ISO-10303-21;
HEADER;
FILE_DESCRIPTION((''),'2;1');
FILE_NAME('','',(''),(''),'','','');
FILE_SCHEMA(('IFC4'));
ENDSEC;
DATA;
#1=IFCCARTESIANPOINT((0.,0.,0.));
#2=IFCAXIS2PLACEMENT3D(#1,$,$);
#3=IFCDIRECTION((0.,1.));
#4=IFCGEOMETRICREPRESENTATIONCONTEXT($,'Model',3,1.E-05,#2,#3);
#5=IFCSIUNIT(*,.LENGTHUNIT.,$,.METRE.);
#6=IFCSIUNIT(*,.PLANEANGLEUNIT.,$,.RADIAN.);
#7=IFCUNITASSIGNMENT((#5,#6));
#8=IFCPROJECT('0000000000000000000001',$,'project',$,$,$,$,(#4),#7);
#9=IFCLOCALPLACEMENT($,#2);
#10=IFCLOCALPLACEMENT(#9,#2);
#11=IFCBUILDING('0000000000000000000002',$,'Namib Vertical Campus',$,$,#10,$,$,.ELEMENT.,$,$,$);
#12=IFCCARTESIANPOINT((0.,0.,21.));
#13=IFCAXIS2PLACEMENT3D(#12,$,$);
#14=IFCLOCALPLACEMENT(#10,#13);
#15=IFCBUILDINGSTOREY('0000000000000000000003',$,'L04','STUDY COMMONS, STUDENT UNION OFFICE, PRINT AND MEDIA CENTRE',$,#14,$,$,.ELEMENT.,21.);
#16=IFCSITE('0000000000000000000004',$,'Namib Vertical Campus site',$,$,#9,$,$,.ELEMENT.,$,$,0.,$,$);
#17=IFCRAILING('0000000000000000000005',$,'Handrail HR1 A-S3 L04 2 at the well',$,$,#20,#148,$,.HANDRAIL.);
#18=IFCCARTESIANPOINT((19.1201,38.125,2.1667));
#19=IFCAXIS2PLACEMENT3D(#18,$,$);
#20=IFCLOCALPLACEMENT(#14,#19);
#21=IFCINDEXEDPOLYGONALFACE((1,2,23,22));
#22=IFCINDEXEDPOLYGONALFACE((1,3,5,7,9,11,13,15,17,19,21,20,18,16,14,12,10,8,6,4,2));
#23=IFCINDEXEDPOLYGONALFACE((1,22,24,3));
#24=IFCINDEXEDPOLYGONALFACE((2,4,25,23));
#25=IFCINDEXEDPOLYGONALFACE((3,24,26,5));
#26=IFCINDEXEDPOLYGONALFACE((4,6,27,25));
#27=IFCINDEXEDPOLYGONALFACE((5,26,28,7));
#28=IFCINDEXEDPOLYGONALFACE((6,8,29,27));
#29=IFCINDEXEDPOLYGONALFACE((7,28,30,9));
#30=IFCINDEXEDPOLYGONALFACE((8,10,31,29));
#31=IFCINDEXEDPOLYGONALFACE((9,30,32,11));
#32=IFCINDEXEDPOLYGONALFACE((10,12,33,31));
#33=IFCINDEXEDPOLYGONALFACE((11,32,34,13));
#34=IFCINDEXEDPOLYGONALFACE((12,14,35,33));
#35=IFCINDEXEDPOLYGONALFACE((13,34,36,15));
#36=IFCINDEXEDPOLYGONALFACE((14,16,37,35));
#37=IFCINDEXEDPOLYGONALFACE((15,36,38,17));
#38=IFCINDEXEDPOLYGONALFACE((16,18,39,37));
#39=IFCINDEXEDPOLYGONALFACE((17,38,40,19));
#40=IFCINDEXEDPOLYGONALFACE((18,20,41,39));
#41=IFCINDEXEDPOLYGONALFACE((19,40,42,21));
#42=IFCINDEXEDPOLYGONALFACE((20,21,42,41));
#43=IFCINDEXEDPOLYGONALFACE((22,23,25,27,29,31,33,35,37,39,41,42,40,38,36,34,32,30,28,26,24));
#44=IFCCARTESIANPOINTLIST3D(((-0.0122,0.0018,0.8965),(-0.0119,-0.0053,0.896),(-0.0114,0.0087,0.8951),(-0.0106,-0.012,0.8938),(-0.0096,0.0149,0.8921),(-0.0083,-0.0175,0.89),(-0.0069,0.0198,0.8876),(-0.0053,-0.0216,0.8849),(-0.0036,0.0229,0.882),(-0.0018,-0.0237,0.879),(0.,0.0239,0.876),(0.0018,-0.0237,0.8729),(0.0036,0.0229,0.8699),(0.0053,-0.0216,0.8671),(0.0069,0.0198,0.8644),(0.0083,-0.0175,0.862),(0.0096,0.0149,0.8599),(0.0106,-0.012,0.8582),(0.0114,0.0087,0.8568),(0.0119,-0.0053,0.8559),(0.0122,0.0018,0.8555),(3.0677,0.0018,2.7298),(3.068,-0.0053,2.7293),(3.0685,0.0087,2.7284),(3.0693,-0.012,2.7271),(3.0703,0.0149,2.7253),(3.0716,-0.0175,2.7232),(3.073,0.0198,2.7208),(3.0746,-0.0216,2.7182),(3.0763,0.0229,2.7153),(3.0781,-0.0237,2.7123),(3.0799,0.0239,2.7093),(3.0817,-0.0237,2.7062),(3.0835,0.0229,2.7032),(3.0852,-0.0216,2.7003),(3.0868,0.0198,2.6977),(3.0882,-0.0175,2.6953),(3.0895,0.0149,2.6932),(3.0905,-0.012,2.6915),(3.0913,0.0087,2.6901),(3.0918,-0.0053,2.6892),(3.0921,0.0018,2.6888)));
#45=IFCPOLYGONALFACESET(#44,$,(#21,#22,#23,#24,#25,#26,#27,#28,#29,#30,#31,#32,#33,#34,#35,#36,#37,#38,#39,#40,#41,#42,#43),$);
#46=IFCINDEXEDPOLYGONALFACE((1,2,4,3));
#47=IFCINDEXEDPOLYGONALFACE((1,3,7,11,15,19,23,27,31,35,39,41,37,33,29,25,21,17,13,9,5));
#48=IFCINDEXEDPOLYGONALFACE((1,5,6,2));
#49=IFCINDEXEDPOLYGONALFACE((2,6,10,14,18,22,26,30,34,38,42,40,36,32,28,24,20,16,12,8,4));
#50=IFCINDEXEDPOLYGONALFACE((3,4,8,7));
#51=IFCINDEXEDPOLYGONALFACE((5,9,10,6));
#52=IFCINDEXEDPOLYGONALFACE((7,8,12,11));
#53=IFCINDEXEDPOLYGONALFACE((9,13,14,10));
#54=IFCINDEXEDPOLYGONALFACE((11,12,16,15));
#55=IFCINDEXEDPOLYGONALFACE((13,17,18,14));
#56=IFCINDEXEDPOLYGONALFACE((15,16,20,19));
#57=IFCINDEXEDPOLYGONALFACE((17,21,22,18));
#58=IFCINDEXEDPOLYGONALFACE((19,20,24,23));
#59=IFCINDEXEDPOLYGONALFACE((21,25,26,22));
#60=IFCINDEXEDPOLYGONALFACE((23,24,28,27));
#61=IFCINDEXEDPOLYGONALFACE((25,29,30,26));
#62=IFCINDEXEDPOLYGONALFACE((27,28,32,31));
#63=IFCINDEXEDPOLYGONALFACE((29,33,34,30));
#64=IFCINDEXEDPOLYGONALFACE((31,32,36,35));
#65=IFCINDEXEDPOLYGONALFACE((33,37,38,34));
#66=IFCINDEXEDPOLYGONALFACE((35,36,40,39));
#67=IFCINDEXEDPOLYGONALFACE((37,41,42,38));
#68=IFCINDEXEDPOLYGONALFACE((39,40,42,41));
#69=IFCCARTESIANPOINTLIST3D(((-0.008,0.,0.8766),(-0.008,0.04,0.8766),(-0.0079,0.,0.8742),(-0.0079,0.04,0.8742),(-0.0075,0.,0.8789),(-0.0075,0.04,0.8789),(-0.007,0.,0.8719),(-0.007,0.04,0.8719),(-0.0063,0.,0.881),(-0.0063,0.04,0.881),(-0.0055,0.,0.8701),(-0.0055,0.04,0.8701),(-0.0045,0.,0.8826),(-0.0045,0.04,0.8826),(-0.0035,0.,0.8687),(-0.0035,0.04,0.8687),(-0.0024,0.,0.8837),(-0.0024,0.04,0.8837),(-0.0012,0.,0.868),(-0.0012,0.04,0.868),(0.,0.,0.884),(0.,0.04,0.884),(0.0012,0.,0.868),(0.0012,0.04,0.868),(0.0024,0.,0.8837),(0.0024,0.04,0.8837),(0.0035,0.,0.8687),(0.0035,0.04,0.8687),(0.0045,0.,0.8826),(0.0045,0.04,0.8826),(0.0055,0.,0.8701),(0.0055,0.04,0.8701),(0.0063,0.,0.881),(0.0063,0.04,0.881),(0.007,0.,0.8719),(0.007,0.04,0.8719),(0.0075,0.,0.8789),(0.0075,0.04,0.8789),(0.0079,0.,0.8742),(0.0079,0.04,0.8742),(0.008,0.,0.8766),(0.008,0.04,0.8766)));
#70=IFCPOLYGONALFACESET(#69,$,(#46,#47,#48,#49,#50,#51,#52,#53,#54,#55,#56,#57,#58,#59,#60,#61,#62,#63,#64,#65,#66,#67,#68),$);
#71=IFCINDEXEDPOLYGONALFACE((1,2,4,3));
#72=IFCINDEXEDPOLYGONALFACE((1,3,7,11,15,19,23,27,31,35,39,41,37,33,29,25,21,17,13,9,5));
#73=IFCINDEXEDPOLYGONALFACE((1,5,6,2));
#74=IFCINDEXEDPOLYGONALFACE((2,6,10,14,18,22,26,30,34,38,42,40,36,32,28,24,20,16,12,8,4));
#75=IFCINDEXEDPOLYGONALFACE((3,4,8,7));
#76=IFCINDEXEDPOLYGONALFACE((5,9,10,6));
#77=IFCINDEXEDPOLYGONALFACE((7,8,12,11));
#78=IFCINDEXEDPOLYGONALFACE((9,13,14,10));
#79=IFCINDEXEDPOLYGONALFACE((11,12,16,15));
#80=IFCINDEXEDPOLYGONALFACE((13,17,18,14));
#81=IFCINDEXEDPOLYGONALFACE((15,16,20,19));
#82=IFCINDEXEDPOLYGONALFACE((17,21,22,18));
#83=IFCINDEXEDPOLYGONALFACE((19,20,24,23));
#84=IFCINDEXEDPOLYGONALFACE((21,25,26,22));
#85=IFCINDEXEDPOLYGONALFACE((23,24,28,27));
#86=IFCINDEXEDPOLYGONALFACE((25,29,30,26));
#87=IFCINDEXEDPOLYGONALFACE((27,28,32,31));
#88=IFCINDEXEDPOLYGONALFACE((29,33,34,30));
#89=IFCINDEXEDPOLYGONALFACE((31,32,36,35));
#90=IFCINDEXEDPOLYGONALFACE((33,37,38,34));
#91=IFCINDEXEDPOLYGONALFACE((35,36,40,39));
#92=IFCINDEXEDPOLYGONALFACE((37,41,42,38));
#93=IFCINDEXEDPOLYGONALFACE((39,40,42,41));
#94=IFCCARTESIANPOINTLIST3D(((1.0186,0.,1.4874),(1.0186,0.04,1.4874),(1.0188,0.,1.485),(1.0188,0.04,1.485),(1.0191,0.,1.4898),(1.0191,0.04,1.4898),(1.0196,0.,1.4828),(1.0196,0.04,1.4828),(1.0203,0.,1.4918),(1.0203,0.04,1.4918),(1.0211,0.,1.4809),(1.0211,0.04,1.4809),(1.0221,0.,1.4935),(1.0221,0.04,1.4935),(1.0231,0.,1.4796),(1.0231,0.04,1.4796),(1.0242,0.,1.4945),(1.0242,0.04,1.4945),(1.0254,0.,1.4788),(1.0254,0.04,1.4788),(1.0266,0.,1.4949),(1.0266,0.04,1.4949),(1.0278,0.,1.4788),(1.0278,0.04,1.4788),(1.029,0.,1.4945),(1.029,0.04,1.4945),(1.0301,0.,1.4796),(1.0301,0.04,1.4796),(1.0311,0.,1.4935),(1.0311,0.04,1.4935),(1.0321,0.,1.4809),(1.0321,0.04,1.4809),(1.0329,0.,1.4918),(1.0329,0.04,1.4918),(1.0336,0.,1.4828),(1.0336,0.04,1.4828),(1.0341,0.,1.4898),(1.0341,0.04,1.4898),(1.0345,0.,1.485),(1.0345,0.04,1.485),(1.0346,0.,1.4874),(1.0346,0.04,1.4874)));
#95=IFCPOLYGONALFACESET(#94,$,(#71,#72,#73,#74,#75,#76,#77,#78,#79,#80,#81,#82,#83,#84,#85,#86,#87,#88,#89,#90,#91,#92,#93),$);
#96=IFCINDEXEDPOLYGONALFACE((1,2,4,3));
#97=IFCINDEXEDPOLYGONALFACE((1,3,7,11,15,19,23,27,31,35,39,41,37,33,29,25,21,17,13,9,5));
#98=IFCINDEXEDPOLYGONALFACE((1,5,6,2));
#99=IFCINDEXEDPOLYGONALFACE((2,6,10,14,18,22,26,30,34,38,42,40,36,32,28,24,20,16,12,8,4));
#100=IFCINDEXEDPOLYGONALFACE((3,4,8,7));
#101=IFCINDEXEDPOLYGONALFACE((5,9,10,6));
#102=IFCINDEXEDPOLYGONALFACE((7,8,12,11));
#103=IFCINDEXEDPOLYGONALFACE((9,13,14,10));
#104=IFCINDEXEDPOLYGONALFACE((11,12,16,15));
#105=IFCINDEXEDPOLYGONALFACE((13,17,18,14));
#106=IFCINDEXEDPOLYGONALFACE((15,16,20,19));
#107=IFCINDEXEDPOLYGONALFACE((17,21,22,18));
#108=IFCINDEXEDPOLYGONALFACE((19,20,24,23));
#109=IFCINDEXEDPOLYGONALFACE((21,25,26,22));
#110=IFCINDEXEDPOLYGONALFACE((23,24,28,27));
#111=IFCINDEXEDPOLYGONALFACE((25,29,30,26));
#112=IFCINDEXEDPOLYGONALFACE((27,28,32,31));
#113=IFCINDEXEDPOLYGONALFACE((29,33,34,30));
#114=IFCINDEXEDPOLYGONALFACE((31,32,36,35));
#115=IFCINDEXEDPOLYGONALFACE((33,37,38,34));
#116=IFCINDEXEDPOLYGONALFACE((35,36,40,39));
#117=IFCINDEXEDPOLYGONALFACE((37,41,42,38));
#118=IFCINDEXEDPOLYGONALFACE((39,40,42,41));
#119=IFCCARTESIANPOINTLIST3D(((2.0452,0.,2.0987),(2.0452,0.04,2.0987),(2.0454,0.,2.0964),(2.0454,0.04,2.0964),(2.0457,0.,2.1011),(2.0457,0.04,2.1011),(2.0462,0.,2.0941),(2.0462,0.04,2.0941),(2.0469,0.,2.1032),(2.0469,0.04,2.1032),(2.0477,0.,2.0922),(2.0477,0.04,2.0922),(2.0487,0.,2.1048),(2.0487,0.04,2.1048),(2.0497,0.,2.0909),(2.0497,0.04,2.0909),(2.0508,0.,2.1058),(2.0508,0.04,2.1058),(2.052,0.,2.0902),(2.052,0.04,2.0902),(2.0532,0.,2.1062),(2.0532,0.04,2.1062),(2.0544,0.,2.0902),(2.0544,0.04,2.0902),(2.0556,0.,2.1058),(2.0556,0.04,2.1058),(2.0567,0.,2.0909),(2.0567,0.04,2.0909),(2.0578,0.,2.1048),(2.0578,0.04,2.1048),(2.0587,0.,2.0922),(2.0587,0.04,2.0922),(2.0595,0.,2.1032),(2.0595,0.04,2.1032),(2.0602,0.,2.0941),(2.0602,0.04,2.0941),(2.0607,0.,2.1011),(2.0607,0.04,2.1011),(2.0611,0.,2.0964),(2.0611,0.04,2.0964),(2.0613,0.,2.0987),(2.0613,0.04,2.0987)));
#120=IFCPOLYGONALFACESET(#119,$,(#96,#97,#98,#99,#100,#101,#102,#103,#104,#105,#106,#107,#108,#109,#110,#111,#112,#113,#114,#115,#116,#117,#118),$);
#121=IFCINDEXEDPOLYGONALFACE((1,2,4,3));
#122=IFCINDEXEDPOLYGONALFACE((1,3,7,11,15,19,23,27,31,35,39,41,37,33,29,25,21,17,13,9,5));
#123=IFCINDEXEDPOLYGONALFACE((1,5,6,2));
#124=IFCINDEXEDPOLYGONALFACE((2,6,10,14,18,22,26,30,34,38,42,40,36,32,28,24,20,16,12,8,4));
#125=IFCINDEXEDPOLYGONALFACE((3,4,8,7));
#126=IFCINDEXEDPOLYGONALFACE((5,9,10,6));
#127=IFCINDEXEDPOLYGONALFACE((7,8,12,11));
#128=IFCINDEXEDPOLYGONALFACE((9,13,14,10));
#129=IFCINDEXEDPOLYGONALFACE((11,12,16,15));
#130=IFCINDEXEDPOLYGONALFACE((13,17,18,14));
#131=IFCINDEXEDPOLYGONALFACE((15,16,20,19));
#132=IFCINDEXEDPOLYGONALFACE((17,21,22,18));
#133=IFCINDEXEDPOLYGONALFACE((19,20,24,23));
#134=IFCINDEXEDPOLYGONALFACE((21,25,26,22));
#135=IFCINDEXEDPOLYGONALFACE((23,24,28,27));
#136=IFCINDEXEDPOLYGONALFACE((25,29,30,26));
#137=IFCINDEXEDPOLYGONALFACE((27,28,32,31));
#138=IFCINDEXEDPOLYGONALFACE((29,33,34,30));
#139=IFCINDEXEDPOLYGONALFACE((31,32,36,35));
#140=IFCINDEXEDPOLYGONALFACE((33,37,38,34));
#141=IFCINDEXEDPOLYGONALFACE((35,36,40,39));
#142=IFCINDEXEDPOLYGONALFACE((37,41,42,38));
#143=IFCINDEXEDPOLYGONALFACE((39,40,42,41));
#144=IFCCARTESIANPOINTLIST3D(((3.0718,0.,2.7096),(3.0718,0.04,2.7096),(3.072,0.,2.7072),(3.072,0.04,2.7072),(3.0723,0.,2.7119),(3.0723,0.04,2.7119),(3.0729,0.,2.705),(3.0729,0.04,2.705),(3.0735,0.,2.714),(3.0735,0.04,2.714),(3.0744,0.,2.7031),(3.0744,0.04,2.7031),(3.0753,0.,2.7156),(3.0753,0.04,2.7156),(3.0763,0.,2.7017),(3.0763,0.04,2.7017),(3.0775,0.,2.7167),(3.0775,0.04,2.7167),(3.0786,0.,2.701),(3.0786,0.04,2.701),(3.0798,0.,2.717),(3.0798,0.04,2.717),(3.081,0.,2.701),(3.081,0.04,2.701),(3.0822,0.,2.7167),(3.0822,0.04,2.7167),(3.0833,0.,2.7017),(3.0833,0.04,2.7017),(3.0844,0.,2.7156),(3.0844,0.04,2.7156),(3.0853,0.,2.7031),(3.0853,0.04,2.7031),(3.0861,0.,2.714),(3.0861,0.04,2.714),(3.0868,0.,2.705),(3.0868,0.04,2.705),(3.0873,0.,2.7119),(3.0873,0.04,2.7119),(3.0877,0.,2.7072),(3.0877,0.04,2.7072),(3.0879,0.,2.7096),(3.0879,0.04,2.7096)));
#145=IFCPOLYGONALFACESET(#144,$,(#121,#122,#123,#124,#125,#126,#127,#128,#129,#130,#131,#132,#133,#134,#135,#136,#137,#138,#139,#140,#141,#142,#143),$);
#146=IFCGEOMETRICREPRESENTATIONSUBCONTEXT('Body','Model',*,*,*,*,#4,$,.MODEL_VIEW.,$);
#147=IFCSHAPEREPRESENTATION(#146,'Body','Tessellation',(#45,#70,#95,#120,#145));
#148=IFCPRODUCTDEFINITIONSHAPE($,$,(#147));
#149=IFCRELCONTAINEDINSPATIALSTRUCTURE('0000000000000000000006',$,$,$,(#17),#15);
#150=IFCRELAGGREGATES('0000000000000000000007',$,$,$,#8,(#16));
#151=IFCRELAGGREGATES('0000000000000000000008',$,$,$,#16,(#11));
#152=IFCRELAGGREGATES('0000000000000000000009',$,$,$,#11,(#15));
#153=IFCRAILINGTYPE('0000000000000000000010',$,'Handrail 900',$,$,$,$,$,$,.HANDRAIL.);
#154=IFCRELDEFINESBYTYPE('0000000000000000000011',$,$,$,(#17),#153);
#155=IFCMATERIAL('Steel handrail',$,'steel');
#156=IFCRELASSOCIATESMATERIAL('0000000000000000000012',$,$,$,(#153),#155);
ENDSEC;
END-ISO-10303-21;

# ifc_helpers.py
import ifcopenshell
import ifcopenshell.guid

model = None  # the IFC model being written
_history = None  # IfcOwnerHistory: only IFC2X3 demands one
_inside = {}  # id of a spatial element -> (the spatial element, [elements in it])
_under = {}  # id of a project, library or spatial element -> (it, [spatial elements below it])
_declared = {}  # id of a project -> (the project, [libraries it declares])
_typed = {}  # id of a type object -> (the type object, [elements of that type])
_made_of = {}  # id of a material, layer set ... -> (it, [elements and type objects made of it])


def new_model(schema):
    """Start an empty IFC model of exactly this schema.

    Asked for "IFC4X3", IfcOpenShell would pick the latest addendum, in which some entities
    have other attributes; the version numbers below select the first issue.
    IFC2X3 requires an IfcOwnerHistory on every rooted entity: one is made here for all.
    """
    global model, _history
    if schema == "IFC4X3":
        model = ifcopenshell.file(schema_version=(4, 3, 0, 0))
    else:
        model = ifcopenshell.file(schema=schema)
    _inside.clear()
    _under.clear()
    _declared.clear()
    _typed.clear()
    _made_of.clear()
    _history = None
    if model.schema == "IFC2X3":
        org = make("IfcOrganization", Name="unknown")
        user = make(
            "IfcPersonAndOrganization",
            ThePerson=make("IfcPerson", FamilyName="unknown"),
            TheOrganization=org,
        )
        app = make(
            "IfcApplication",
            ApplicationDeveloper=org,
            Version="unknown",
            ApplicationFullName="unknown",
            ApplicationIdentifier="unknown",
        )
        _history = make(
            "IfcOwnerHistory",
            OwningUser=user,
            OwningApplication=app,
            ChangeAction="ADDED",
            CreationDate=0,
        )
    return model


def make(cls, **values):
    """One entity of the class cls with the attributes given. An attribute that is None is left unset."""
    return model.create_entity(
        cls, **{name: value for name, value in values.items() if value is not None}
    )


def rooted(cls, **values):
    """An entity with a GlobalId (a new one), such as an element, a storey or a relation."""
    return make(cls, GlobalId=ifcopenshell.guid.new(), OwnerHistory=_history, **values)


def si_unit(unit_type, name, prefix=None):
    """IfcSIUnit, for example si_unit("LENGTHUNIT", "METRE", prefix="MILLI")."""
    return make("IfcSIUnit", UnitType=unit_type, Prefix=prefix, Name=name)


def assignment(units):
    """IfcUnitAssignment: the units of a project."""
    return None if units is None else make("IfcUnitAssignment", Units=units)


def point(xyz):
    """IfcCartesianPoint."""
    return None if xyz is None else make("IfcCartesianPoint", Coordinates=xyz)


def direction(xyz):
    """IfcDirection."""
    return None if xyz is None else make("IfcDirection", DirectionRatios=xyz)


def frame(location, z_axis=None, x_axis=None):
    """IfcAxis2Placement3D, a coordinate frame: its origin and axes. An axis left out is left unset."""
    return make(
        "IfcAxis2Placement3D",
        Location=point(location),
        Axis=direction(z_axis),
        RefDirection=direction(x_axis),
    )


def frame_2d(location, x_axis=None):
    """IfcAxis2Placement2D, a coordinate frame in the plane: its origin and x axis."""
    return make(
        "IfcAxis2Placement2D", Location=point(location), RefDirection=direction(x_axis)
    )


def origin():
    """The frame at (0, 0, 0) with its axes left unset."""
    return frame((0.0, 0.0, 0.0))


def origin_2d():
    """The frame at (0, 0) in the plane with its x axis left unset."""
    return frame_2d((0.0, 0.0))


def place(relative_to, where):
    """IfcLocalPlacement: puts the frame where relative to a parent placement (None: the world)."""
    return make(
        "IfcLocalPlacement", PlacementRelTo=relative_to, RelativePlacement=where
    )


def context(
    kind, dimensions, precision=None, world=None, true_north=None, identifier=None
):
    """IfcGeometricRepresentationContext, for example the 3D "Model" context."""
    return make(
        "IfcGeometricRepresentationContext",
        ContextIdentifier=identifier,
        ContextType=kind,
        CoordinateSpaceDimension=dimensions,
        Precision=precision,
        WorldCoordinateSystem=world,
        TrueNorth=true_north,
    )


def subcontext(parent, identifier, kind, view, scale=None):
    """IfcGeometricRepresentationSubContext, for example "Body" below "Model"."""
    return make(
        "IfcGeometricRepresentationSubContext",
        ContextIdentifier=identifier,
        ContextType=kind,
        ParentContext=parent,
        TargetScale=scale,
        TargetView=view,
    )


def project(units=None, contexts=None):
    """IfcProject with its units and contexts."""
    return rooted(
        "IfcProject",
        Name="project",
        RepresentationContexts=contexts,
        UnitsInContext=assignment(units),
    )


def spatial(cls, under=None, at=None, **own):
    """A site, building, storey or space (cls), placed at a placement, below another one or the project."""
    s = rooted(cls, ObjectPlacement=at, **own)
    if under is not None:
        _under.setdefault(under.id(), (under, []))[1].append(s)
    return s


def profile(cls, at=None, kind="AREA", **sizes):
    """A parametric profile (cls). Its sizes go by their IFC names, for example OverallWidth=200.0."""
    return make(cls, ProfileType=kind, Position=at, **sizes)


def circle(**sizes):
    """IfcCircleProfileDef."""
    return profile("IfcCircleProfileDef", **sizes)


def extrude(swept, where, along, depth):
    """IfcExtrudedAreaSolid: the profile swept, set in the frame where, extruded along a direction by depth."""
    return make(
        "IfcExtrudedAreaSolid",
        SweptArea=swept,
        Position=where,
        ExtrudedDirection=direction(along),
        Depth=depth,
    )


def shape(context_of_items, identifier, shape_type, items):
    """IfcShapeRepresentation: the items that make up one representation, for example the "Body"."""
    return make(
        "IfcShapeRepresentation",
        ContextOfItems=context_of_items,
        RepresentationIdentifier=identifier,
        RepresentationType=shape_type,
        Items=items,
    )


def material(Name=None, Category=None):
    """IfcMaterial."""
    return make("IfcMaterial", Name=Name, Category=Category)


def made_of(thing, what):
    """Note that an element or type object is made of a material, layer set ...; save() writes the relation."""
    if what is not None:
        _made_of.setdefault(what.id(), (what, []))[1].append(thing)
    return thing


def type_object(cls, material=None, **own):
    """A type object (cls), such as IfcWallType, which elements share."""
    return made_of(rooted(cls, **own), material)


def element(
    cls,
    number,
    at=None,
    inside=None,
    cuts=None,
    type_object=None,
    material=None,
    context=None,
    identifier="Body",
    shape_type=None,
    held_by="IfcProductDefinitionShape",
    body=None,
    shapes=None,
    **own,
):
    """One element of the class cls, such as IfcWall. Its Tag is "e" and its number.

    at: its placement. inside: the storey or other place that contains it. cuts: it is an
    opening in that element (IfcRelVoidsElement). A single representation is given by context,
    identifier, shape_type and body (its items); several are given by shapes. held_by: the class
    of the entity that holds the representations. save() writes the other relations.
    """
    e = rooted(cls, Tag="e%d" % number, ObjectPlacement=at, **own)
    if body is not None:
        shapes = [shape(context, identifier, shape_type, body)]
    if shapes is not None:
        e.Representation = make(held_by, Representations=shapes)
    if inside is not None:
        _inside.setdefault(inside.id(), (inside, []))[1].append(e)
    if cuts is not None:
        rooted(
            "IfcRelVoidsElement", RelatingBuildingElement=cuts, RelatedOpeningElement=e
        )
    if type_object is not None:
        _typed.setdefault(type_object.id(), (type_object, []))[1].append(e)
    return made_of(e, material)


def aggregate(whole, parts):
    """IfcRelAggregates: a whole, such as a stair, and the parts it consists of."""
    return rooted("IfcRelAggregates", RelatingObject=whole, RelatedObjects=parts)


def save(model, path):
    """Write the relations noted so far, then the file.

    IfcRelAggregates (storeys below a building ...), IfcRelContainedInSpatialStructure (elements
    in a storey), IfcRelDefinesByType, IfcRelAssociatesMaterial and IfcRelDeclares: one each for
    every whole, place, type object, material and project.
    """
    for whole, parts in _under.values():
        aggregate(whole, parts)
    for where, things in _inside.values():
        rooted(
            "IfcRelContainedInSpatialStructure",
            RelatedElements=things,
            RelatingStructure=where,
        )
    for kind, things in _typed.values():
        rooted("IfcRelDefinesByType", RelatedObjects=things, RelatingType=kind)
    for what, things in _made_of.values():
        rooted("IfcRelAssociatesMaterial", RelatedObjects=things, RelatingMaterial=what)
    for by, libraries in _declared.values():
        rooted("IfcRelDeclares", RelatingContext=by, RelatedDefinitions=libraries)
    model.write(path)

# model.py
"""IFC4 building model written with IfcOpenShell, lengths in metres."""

from ifc_helpers import new_model, si_unit, direction, frame, origin, origin_2d, place, context, subcontext, project, spatial, circle, extrude, material, type_object, element, save


model = new_model("IFC4")

# Units and contexts
model_context = context("Model", 3, precision=1e-05, world=origin(), true_north=direction((0.0, 1.0)))
body_context = subcontext(model_context, "Body", "Model", "MODEL_VIEW")
ifc_project = project(units=[si_unit("LENGTHUNIT", "METRE"), si_unit("PLANEANGLEUNIT", "RADIAN")], contexts=[model_context])

# Site, building, storey
site_placement = place(None, origin())
site = spatial("IfcSite", under=ifc_project, at=site_placement, Name="Namib Vertical Campus site", CompositionType="ELEMENT", RefElevation=0.0)
building_placement = place(site_placement, origin())
building = spatial("IfcBuilding", under=site, at=building_placement, Name="Namib Vertical Campus", CompositionType="ELEMENT")
storey_placement = place(building_placement, frame((0.0, 0.0, 21.0)))
storey = spatial("IfcBuildingStorey", under=building, at=storey_placement, Name="L04", Description="STUDY COMMONS, STUDENT UNION OFFICE, PRINT AND MEDIA CENTRE", CompositionType="ELEMENT", Elevation=21.0)

# Railing
ifc_material_1 = material(Name="Steel handrail", Category="steel")
railing_type_1 = type_object("IfcRailingType", Name="Handrail 900", PredefinedType="HANDRAIL", material=ifc_material_1)
railing_1_placement = place(storey_placement, frame((19.1201, 38.125, 2.1667)))
element("IfcRailing", 1, at=railing_1_placement, inside=storey, type_object=railing_type_1, Name="Handrail HR1 A-S3 L04 2 at the well", PredefinedType="HANDRAIL", context=body_context, shape_type="SweptSolid", body=[
    extrude(circle(Radius=0.0239, at=origin_2d()), frame((0.0, 0.0, 0.876), z_axis=(0.859291, 0.0, 0.511487), x_axis=(0.0, 1.0, 0.0)), (0.0, 0.0, 1.0), 3.5842),
    extrude(circle(Radius=0.0081, at=origin_2d()), frame((0.0, 0.0, 0.876), z_axis=(0.0, 1.0, 0.0), x_axis=(0.0, 0.0, 1.0)), (0.0, 0.0, 1.0), 0.04),
    extrude(circle(Radius=0.0081, at=origin_2d()), frame((1.0266, 0.0, 1.4868), z_axis=(0.0, 1.0, 0.0), x_axis=(0.0, 0.0, 1.0)), (0.0, 0.0, 1.0), 0.04),
    extrude(circle(Radius=0.0081, at=origin_2d()), frame((2.0532, 0.0, 2.0981), z_axis=(0.0, 1.0, 0.0), x_axis=(0.0, 0.0, 1.0)), (0.0, 0.0, 1.0), 0.04),
    extrude(circle(Radius=0.0081, at=origin_2d()), frame((3.0798, 0.0, 2.709), z_axis=(0.0, 1.0, 0.0), x_axis=(0.0, 0.0, 1.0)), (0.0, 0.0, 1.0), 0.04),
])

save(model, "model.ifc")
